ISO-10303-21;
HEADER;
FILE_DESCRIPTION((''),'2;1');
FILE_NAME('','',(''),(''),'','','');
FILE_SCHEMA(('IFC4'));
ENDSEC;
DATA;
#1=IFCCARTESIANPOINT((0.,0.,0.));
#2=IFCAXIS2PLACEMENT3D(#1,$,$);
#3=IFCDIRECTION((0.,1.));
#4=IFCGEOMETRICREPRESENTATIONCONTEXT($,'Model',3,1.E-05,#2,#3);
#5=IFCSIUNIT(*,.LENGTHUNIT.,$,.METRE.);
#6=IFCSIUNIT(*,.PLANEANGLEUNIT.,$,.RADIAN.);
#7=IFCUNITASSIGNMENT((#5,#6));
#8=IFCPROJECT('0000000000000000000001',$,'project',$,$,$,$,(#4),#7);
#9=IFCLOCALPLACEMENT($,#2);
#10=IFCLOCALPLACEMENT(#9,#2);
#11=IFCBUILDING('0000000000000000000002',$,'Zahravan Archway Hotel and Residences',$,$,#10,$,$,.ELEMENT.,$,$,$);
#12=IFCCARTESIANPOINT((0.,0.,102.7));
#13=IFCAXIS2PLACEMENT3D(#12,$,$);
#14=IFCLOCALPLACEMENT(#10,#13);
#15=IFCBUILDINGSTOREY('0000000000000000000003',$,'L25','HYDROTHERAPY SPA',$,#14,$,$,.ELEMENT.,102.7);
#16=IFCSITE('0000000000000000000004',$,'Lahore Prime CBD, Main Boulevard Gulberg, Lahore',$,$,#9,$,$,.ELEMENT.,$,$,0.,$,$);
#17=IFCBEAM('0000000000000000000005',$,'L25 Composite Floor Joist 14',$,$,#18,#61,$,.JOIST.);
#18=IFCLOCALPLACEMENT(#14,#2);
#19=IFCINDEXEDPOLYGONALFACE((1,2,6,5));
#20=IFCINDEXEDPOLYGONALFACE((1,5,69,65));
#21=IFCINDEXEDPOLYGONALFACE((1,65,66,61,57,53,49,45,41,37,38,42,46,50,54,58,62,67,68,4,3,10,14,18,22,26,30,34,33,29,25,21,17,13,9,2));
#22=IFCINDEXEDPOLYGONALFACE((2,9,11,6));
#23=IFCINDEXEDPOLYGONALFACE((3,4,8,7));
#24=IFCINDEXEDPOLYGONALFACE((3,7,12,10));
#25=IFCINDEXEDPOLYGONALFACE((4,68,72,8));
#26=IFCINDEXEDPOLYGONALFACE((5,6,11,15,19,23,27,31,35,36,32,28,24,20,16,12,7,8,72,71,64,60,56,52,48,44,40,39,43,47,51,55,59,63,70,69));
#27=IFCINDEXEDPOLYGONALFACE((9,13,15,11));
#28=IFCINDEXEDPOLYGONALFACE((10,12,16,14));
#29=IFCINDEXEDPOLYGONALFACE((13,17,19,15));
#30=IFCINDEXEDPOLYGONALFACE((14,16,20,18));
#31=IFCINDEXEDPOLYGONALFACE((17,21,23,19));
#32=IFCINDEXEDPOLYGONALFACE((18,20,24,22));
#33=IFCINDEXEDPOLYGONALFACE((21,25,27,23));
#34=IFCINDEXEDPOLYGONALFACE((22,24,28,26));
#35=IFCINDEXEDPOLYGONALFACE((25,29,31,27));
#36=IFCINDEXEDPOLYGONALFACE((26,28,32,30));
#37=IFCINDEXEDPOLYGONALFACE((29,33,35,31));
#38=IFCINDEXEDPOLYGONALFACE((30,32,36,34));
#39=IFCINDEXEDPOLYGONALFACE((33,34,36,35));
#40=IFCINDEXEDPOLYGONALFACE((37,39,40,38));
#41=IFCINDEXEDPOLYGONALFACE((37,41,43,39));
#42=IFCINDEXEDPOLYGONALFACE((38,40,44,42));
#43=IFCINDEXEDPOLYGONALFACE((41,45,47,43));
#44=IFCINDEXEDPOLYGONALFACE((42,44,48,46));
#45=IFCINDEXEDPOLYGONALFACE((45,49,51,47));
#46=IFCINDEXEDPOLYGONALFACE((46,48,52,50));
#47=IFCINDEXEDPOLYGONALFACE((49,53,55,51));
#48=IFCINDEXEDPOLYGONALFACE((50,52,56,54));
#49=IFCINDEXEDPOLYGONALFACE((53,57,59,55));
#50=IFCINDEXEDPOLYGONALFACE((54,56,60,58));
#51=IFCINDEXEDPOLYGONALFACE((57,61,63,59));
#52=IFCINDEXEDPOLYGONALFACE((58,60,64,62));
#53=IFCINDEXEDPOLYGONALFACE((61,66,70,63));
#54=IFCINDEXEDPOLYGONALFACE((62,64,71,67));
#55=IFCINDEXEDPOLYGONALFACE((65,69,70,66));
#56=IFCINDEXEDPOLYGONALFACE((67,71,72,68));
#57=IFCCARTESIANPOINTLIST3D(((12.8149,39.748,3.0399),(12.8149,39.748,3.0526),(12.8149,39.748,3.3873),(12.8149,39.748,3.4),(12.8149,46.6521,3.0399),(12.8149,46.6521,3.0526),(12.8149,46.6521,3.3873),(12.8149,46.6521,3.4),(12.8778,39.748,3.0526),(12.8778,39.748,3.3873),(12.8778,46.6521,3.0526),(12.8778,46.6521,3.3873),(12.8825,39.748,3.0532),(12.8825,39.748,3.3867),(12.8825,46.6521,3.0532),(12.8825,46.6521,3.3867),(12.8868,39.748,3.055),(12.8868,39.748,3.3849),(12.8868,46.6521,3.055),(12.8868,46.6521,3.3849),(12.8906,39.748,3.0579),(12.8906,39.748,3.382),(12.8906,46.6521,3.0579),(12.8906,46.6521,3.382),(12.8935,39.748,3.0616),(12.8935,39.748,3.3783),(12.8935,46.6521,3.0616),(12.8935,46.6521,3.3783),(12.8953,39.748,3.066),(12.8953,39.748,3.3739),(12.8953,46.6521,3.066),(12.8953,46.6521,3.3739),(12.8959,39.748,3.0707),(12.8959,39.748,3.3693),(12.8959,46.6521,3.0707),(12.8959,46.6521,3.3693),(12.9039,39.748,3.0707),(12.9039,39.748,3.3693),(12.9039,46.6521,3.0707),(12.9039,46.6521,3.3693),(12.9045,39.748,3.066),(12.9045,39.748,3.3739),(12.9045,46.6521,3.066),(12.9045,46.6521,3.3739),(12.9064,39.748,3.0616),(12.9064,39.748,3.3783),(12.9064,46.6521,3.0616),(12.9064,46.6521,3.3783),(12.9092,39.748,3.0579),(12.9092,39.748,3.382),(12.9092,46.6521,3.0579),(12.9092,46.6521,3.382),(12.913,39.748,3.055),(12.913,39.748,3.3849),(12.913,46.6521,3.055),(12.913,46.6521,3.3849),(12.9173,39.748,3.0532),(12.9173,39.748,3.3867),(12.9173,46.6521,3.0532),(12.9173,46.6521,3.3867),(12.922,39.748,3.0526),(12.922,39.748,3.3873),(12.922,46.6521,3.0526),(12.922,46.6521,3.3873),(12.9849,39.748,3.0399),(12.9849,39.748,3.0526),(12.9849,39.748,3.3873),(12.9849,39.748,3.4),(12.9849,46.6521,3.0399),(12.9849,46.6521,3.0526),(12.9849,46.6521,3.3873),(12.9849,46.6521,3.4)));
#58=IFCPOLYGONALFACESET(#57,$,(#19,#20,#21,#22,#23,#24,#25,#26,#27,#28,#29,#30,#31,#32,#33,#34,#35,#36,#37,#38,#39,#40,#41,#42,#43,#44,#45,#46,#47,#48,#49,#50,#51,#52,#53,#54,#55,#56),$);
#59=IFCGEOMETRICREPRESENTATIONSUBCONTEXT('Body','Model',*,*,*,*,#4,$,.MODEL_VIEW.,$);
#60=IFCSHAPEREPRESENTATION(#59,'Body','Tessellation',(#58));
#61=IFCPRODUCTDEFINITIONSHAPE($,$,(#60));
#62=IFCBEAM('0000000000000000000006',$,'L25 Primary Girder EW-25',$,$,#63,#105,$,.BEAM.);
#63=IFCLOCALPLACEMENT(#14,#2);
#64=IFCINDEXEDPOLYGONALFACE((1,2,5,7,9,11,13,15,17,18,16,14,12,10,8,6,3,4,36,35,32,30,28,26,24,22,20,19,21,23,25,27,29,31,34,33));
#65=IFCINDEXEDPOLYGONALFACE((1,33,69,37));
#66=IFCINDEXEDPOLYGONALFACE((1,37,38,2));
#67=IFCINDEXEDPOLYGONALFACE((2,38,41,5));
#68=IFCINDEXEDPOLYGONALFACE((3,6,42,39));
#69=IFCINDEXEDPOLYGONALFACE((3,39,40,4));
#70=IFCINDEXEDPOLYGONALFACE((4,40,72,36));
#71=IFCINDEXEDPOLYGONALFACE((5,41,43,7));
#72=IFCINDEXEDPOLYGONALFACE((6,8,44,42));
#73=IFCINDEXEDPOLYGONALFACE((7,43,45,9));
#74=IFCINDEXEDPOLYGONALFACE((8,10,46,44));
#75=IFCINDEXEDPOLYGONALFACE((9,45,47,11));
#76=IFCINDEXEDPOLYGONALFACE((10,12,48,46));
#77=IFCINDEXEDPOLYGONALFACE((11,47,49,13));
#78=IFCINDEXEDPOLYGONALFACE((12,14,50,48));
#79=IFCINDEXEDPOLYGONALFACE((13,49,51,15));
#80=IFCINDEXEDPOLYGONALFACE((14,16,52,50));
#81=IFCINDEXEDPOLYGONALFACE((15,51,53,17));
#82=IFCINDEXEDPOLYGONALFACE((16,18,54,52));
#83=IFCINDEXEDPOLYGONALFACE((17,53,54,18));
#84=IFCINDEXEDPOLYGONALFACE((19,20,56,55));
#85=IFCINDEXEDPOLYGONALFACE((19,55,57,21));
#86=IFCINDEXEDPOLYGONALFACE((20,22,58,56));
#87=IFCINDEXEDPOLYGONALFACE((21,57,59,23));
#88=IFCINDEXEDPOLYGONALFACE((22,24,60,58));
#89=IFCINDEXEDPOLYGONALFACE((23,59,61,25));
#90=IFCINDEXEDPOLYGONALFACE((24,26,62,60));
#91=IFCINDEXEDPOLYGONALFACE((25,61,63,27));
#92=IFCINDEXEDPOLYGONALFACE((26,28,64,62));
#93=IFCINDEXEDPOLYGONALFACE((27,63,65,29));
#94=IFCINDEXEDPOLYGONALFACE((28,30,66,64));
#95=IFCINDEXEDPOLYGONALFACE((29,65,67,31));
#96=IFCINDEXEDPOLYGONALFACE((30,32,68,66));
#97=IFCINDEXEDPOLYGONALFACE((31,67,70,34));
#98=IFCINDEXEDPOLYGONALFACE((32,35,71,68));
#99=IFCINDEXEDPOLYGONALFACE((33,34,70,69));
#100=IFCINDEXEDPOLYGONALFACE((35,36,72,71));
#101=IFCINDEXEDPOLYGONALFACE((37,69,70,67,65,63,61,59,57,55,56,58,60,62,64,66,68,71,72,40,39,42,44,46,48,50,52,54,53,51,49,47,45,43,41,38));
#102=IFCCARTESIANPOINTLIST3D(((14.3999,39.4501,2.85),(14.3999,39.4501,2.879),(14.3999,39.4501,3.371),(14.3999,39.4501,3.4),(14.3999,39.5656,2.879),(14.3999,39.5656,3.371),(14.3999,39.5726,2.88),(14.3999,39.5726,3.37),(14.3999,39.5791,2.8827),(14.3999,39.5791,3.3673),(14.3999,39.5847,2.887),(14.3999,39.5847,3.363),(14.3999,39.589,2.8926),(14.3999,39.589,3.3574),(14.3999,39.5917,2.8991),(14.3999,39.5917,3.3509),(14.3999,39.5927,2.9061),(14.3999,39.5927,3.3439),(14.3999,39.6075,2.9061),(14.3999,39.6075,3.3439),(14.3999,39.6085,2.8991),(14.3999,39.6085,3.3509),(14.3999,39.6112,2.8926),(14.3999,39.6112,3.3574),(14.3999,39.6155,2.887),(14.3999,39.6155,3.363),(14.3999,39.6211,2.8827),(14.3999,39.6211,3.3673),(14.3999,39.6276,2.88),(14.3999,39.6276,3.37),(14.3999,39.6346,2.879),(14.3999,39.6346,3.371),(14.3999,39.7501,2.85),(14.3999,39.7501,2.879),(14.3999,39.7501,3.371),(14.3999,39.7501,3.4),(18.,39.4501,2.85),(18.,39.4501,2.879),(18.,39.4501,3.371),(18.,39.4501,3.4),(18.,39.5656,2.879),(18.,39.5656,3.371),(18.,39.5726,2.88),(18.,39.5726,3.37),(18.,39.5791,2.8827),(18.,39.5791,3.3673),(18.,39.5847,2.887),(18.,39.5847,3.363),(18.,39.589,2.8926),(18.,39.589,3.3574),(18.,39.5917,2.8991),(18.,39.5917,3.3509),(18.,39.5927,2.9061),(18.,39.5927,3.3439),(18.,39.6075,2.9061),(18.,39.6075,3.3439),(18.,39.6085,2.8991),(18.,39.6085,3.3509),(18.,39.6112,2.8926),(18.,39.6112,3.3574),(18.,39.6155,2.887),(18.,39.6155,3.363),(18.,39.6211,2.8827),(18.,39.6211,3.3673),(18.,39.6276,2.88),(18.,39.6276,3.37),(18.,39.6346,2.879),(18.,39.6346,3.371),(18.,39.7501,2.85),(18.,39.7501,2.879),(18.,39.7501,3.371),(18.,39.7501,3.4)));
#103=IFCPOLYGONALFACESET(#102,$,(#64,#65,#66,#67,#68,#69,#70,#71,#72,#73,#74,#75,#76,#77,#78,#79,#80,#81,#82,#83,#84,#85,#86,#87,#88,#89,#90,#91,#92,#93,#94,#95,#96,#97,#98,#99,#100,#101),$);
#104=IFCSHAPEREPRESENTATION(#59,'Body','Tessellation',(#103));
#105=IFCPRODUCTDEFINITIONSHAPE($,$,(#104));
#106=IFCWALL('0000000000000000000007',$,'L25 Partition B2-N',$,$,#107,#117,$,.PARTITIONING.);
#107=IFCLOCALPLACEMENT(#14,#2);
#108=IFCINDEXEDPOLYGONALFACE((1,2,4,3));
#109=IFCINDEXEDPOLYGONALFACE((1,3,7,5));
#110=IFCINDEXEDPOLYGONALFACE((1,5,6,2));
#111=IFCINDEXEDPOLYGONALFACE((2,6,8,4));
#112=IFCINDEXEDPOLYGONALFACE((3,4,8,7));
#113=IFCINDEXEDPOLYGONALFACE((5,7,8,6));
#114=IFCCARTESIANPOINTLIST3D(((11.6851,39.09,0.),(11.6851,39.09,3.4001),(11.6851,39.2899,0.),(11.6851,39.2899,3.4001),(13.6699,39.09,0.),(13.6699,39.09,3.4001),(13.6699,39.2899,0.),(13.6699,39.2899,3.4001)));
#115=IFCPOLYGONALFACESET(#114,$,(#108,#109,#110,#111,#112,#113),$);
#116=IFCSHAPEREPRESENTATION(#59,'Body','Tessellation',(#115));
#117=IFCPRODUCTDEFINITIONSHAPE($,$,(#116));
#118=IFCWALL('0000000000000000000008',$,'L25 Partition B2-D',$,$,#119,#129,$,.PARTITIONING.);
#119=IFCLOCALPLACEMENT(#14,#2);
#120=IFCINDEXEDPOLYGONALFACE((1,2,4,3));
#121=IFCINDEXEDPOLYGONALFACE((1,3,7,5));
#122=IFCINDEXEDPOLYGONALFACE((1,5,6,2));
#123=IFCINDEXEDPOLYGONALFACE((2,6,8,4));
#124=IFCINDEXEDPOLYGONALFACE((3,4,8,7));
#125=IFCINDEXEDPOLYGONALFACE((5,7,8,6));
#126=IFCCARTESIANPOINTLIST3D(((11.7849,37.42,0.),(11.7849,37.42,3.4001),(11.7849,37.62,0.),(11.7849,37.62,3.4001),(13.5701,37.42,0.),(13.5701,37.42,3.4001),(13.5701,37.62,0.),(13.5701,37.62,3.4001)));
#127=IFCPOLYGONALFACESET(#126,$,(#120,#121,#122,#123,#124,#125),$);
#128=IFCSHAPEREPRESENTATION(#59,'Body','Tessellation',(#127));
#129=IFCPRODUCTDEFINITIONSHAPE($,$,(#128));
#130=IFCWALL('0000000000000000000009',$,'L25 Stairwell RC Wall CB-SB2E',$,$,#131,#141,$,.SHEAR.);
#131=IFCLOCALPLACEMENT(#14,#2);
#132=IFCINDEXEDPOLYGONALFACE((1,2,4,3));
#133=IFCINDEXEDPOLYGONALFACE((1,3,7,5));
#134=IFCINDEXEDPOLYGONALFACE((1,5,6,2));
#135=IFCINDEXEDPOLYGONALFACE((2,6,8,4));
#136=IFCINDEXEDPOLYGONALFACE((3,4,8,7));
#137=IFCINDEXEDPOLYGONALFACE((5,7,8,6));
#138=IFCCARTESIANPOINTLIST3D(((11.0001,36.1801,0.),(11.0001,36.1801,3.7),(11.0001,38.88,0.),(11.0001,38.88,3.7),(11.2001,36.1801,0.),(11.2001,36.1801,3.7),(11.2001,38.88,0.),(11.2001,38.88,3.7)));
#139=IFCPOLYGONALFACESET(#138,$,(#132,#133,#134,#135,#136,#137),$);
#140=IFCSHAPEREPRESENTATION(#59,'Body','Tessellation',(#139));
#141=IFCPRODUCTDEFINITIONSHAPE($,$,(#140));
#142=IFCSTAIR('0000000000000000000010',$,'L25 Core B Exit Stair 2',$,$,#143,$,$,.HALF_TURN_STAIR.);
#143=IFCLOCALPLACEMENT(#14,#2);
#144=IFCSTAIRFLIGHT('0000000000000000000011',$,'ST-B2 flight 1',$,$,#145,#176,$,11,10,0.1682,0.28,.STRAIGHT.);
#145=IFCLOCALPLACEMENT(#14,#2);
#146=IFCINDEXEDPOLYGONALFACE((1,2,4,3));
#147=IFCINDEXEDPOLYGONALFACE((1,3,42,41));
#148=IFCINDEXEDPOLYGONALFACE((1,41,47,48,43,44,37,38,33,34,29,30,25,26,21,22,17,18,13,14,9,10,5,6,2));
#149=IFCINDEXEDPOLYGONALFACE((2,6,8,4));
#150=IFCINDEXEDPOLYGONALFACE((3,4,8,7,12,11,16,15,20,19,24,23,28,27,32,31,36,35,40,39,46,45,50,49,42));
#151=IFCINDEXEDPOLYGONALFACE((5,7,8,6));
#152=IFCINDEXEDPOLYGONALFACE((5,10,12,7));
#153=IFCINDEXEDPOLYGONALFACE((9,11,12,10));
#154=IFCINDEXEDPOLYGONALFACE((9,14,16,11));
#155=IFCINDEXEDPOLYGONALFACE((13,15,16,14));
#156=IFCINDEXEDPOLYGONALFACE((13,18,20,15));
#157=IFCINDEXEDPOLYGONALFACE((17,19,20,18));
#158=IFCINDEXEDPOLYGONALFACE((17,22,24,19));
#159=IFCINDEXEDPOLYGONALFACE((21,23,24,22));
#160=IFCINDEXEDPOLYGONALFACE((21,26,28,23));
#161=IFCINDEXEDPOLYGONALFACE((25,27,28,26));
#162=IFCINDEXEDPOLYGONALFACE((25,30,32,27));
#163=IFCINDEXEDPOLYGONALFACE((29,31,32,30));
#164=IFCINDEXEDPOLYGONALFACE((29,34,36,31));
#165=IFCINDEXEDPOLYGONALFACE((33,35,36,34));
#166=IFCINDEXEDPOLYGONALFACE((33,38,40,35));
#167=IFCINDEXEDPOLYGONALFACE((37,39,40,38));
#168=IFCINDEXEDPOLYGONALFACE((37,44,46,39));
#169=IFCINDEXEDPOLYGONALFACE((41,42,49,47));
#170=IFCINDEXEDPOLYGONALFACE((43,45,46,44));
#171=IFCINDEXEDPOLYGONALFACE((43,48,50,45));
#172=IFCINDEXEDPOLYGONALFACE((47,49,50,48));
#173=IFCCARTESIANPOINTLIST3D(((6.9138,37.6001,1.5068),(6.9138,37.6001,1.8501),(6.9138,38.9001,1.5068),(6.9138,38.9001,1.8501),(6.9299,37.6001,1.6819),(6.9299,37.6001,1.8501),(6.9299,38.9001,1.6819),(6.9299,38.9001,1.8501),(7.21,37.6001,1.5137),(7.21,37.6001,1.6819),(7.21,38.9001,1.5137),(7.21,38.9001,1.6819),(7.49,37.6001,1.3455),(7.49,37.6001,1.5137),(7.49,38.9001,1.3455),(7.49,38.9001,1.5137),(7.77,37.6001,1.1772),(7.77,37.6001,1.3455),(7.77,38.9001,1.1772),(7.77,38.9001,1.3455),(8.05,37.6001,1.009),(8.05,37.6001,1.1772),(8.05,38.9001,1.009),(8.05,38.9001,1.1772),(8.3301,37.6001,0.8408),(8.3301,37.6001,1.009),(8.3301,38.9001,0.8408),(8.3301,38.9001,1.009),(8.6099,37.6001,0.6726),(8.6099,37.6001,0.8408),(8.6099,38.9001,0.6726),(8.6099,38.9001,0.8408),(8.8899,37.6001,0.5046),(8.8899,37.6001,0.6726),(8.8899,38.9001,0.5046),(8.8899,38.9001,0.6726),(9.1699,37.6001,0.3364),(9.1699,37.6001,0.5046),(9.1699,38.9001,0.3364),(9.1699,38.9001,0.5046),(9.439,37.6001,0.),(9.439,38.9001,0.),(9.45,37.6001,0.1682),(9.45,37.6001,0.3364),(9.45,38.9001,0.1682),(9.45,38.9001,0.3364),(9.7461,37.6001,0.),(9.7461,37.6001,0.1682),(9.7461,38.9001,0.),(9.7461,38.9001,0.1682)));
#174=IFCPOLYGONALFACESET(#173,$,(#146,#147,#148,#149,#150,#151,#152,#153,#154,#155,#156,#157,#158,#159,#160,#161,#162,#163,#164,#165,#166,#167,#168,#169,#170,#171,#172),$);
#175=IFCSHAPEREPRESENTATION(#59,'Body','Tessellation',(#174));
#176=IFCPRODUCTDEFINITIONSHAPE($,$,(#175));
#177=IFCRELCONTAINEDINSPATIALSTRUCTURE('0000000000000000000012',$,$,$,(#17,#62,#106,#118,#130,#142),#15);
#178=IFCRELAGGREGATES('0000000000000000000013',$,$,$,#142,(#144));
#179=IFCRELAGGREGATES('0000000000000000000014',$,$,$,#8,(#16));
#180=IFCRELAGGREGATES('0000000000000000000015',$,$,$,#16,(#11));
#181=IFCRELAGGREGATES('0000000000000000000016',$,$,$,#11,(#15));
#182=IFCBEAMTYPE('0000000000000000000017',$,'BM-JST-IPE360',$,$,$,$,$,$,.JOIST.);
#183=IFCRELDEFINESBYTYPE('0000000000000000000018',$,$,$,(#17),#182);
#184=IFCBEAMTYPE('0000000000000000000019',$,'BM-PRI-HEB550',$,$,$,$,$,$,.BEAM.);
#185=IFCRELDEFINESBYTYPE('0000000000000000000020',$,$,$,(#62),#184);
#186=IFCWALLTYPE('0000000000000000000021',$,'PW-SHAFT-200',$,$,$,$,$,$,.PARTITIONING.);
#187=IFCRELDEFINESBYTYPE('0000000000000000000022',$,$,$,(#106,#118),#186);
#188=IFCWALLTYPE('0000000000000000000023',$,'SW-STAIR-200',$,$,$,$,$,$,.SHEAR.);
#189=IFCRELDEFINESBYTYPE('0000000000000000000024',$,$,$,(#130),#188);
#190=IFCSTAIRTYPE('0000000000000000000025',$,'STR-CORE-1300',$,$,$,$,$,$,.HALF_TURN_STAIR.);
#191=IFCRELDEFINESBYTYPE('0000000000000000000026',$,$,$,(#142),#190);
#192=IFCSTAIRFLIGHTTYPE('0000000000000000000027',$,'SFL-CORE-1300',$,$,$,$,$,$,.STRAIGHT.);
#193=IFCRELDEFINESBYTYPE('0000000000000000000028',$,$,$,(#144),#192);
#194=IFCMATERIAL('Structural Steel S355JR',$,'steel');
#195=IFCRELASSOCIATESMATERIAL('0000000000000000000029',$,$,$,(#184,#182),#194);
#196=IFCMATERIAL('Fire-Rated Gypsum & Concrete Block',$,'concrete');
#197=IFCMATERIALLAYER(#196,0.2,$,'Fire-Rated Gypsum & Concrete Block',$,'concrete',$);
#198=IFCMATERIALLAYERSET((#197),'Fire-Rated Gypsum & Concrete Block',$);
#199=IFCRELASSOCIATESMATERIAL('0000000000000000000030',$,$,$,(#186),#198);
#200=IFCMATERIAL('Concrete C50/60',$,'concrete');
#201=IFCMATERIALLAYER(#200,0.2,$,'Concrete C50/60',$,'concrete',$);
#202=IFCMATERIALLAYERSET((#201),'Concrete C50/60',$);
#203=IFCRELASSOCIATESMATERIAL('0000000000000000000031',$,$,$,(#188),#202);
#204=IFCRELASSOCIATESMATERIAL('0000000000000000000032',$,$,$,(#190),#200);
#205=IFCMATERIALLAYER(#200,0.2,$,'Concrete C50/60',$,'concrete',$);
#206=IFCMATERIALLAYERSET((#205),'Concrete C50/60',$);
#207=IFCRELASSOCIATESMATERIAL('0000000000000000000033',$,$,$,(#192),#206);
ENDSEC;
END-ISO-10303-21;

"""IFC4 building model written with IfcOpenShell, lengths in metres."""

from ifc_helpers import new_model, si_unit, direction, frame, frame_2d, origin, origin_2d, place, context, subcontext, project, spatial, polyline, rectangle, i_section, outline, extrude, source, transform, mapped, material, layer, layer_set, material_profile, profile_set, type_object, type_shapes, element, aggregate, save


model = new_model("IFC4")

# Units and contexts
model_context = context("Model", 3, precision=1e-05, world=origin(), true_north=direction((0.0, 1.0)))
body_context = subcontext(model_context, "Body", "Model", "MODEL_VIEW")
ifc_project = project(units=[si_unit("LENGTHUNIT", "METRE"), si_unit("PLANEANGLEUNIT", "RADIAN")], contexts=[model_context])

# Site, building, storey
site_placement = place(None, origin())
site = spatial("IfcSite", under=ifc_project, at=site_placement, Name="Lahore Prime CBD, Main Boulevard Gulberg, Lahore", CompositionType="ELEMENT", RefElevation=0.0)
building_placement = place(site_placement, origin())
building = spatial("IfcBuilding", under=site, at=building_placement, Name="Zahravan Archway Hotel and Residences", CompositionType="ELEMENT")
storey_placement = place(building_placement, frame((0.0, 0.0, 102.7)))
storey = spatial("IfcBuildingStorey", under=building, at=storey_placement, Name="L25", Description="HYDROTHERAPY SPA", CompositionType="ELEMENT", Elevation=102.7)

# Beams
ifc_material_1 = material(Name="Structural Steel S355JR", Category="steel")
ifc_material_profile_1 = material_profile(ifc_material_1, i_section(OverallWidth=0.3, OverallDepth=0.55, WebThickness=0.0149, FlangeThickness=0.0291, FilletRadius=0.0271, at=origin_2d()), Name="HEB 550", Category="steel")
ifc_profile_set_1 = profile_set([ifc_material_profile_1], Name="Structural Steel S355JR")
beam_type_1 = type_object("IfcBeamType", Name="BM-PRI-HEB550", PredefinedType="BEAM", material=ifc_profile_set_1)
ifc_material_profile_2 = material_profile(ifc_material_1, i_section(OverallWidth=0.1699, OverallDepth=0.3601, WebThickness=0.0081, FlangeThickness=0.0127, FilletRadius=0.0181, at=origin_2d()), Name="IPE 360", Category="steel")
ifc_profile_set_2 = profile_set([ifc_material_profile_2], Name="Structural Steel S355JR")
beam_type_2 = type_object("IfcBeamType", Name="BM-JST-IPE360", PredefinedType="JOIST", material=ifc_profile_set_2)
shared_shape_1 = source(origin(), body_context, "Body", "SweptSolid", [
    extrude(i_section(OverallWidth=0.1699, OverallDepth=0.3601, WebThickness=0.0081, FlangeThickness=0.0127, FilletRadius=0.0181, at=origin_2d()), origin(), (0.0, 0.0, 1.0), 6.9041),
])
type_shapes(beam_type_2, [shared_shape_1])
beam_1_placement = place(storey_placement, frame((12.8999, 39.748, 3.22), z_axis=(0.0, 1.0, 0.0), x_axis=(-1.0, 0.0, 0.0)))
element("IfcBeam", 1, at=beam_1_placement, inside=storey, type_object=beam_type_2, Name="L25 Composite Floor Joist 14", PredefinedType="JOIST", context=body_context, shape_type="MappedRepresentation", body=[
    mapped(shared_shape_1, transform((0.0, 0.0, 0.0), scale=1.0)),
])
shared_shape_2 = source(origin(), body_context, "Body", "SweptSolid", [
    extrude(i_section(OverallWidth=0.3, OverallDepth=0.55, WebThickness=0.0149, FlangeThickness=0.0291, FilletRadius=0.0271, at=origin_2d()), origin(), (0.0, 0.0, 1.0), 3.6001),
])
beam_2_placement = place(storey_placement, frame((14.3999, 39.6001, 3.125), z_axis=(1.0, 0.0, 0.0), x_axis=(0.0, 1.0, 0.0)))
element("IfcBeam", 2, at=beam_2_placement, inside=storey, type_object=beam_type_1, Name="L25 Primary Girder EW-25", PredefinedType="BEAM", context=body_context, shape_type="MappedRepresentation", body=[
    mapped(shared_shape_2, transform((0.0, 0.0, 0.0), scale=1.0)),
])

# Walls
ifc_material_2 = material(Name="Fire-Rated Gypsum & Concrete Block", Category="concrete")
ifc_layer_1 = layer(ifc_material_2, 0.2, Name="Fire-Rated Gypsum & Concrete Block", Category="concrete")
ifc_layer_set_1 = layer_set([ifc_layer_1], Name="Fire-Rated Gypsum & Concrete Block")
wall_type_1 = type_object("IfcWallType", Name="PW-SHAFT-200", PredefinedType="PARTITIONING", material=ifc_layer_set_1)
wall_1_placement = place(storey_placement, frame((11.6851, 39.1899, 0.0), z_axis=(0.0, 0.0, 1.0), x_axis=(1.0, 0.0, 0.0)))
element("IfcWall", 3, at=wall_1_placement, inside=storey, type_object=wall_type_1, Name="L25 Partition B2-N", PredefinedType="PARTITIONING", context=body_context, shape_type="SweptSolid", body=[
    extrude(rectangle(XDim=1.9849, YDim=0.2, at=frame_2d((0.9924, 0.0))), origin(), (0.0, 0.0, 1.0), 3.4001),
])
wall_2_placement = place(storey_placement, frame((11.7849, 37.52, 0.0), z_axis=(0.0, 0.0, 1.0), x_axis=(1.0, 0.0, 0.0)))
element("IfcWall", 4, at=wall_2_placement, inside=storey, type_object=wall_type_1, Name="L25 Partition B2-D", PredefinedType="PARTITIONING", context=body_context, shape_type="SweptSolid", body=[
    extrude(rectangle(XDim=1.7852, YDim=0.2, at=frame_2d((0.8926, 0.0))), origin(), (0.0, 0.0, 1.0), 3.4001),
])
ifc_material_3 = material(Name="Concrete C50/60", Category="concrete")
ifc_layer_2 = layer(ifc_material_3, 0.2, Name="Concrete C50/60", Category="concrete")
ifc_layer_set_2 = layer_set([ifc_layer_2], Name="Concrete C50/60")
wall_type_2 = type_object("IfcWallType", Name="SW-STAIR-200", PredefinedType="SHEAR", material=ifc_layer_set_2)
wall_3_placement = place(storey_placement, frame((11.1001, 36.1799, 0.0), z_axis=(0.0, 0.0, 1.0), x_axis=(0.0, 1.0, 0.0)))
element("IfcWall", 5, at=wall_3_placement, inside=storey, type_object=wall_type_2, Name="L25 Stairwell RC Wall CB-SB2E", PredefinedType="SHEAR", context=body_context, shape_type="SweptSolid", body=[
    extrude(rectangle(XDim=2.7, YDim=0.2, at=frame_2d((1.3501, 0.0))), origin(), (0.0, 0.0, 1.0), 3.7),
])

# Stair, stair flight
stair_type = type_object("IfcStairType", Name="STR-CORE-1300", PredefinedType="HALF_TURN_STAIR", material=ifc_material_3)
stair_placement = place(storey_placement, origin())
stair = element("IfcStair", 6, at=stair_placement, inside=storey, type_object=stair_type, Name="L25 Core B Exit Stair 2", PredefinedType="HALF_TURN_STAIR")
ifc_layer_3 = layer(ifc_material_3, 0.2, Name="Concrete C50/60", Category="concrete")
ifc_layer_set_3 = layer_set([ifc_layer_3], Name="Concrete C50/60")
stair_flight_type = type_object("IfcStairFlightType", Name="SFL-CORE-1300", PredefinedType="STRAIGHT", material=ifc_layer_set_3)
shared_shape_3 = source(origin(), body_context, "Body", "SweptSolid", [
    extrude(outline(polyline([(-0.0161, 0.0), (-0.0161, 0.1682), (0.28, 0.1682), (0.28, 0.3364), (0.5601, 0.3364), (0.5601, 0.5046), (0.8401, 0.5046), (0.8401, 0.6726), (1.1201, 0.6726), (1.1201, 0.8408), (1.3999, 0.8408), (1.3999, 1.009), (1.6799, 1.009), (1.6799, 1.1772), (1.96, 1.1772), (1.96, 1.3455), (2.24, 1.3455), (2.24, 1.5137), (2.52, 1.5137), (2.52, 1.6819), (2.8, 1.6819), (2.8, 1.8501), (2.8162, 1.8501), (2.8162, 1.5068), (0.291, 0.0), (-0.0161, 0.0)])), frame((0.0, 0.6499, 0.0), z_axis=(0.0, -1.0, 0.0), x_axis=(1.0, 0.0, 0.0)), (0.0, 0.0, 1.0), 1.3),
])
stair_flight_placement = place(storey_placement, frame((9.73, 38.25, 0.0), z_axis=(0.0, 0.0, 1.0), x_axis=(-1.0, 0.0, 0.0)))
stair_flight = element("IfcStairFlight", 7, at=stair_flight_placement, type_object=stair_flight_type, Name="ST-B2 flight 1", NumberOfRisers=11, NumberOfTreads=10, PredefinedType="STRAIGHT", RiserHeight=0.1682, TreadLength=0.28, context=body_context, shape_type="MappedRepresentation", body=[
    mapped(shared_shape_3, transform((0.0, 0.0, 0.0), scale=1.0)),
])
aggregate(stair, [stair_flight])

save(model, "model.ifc")
